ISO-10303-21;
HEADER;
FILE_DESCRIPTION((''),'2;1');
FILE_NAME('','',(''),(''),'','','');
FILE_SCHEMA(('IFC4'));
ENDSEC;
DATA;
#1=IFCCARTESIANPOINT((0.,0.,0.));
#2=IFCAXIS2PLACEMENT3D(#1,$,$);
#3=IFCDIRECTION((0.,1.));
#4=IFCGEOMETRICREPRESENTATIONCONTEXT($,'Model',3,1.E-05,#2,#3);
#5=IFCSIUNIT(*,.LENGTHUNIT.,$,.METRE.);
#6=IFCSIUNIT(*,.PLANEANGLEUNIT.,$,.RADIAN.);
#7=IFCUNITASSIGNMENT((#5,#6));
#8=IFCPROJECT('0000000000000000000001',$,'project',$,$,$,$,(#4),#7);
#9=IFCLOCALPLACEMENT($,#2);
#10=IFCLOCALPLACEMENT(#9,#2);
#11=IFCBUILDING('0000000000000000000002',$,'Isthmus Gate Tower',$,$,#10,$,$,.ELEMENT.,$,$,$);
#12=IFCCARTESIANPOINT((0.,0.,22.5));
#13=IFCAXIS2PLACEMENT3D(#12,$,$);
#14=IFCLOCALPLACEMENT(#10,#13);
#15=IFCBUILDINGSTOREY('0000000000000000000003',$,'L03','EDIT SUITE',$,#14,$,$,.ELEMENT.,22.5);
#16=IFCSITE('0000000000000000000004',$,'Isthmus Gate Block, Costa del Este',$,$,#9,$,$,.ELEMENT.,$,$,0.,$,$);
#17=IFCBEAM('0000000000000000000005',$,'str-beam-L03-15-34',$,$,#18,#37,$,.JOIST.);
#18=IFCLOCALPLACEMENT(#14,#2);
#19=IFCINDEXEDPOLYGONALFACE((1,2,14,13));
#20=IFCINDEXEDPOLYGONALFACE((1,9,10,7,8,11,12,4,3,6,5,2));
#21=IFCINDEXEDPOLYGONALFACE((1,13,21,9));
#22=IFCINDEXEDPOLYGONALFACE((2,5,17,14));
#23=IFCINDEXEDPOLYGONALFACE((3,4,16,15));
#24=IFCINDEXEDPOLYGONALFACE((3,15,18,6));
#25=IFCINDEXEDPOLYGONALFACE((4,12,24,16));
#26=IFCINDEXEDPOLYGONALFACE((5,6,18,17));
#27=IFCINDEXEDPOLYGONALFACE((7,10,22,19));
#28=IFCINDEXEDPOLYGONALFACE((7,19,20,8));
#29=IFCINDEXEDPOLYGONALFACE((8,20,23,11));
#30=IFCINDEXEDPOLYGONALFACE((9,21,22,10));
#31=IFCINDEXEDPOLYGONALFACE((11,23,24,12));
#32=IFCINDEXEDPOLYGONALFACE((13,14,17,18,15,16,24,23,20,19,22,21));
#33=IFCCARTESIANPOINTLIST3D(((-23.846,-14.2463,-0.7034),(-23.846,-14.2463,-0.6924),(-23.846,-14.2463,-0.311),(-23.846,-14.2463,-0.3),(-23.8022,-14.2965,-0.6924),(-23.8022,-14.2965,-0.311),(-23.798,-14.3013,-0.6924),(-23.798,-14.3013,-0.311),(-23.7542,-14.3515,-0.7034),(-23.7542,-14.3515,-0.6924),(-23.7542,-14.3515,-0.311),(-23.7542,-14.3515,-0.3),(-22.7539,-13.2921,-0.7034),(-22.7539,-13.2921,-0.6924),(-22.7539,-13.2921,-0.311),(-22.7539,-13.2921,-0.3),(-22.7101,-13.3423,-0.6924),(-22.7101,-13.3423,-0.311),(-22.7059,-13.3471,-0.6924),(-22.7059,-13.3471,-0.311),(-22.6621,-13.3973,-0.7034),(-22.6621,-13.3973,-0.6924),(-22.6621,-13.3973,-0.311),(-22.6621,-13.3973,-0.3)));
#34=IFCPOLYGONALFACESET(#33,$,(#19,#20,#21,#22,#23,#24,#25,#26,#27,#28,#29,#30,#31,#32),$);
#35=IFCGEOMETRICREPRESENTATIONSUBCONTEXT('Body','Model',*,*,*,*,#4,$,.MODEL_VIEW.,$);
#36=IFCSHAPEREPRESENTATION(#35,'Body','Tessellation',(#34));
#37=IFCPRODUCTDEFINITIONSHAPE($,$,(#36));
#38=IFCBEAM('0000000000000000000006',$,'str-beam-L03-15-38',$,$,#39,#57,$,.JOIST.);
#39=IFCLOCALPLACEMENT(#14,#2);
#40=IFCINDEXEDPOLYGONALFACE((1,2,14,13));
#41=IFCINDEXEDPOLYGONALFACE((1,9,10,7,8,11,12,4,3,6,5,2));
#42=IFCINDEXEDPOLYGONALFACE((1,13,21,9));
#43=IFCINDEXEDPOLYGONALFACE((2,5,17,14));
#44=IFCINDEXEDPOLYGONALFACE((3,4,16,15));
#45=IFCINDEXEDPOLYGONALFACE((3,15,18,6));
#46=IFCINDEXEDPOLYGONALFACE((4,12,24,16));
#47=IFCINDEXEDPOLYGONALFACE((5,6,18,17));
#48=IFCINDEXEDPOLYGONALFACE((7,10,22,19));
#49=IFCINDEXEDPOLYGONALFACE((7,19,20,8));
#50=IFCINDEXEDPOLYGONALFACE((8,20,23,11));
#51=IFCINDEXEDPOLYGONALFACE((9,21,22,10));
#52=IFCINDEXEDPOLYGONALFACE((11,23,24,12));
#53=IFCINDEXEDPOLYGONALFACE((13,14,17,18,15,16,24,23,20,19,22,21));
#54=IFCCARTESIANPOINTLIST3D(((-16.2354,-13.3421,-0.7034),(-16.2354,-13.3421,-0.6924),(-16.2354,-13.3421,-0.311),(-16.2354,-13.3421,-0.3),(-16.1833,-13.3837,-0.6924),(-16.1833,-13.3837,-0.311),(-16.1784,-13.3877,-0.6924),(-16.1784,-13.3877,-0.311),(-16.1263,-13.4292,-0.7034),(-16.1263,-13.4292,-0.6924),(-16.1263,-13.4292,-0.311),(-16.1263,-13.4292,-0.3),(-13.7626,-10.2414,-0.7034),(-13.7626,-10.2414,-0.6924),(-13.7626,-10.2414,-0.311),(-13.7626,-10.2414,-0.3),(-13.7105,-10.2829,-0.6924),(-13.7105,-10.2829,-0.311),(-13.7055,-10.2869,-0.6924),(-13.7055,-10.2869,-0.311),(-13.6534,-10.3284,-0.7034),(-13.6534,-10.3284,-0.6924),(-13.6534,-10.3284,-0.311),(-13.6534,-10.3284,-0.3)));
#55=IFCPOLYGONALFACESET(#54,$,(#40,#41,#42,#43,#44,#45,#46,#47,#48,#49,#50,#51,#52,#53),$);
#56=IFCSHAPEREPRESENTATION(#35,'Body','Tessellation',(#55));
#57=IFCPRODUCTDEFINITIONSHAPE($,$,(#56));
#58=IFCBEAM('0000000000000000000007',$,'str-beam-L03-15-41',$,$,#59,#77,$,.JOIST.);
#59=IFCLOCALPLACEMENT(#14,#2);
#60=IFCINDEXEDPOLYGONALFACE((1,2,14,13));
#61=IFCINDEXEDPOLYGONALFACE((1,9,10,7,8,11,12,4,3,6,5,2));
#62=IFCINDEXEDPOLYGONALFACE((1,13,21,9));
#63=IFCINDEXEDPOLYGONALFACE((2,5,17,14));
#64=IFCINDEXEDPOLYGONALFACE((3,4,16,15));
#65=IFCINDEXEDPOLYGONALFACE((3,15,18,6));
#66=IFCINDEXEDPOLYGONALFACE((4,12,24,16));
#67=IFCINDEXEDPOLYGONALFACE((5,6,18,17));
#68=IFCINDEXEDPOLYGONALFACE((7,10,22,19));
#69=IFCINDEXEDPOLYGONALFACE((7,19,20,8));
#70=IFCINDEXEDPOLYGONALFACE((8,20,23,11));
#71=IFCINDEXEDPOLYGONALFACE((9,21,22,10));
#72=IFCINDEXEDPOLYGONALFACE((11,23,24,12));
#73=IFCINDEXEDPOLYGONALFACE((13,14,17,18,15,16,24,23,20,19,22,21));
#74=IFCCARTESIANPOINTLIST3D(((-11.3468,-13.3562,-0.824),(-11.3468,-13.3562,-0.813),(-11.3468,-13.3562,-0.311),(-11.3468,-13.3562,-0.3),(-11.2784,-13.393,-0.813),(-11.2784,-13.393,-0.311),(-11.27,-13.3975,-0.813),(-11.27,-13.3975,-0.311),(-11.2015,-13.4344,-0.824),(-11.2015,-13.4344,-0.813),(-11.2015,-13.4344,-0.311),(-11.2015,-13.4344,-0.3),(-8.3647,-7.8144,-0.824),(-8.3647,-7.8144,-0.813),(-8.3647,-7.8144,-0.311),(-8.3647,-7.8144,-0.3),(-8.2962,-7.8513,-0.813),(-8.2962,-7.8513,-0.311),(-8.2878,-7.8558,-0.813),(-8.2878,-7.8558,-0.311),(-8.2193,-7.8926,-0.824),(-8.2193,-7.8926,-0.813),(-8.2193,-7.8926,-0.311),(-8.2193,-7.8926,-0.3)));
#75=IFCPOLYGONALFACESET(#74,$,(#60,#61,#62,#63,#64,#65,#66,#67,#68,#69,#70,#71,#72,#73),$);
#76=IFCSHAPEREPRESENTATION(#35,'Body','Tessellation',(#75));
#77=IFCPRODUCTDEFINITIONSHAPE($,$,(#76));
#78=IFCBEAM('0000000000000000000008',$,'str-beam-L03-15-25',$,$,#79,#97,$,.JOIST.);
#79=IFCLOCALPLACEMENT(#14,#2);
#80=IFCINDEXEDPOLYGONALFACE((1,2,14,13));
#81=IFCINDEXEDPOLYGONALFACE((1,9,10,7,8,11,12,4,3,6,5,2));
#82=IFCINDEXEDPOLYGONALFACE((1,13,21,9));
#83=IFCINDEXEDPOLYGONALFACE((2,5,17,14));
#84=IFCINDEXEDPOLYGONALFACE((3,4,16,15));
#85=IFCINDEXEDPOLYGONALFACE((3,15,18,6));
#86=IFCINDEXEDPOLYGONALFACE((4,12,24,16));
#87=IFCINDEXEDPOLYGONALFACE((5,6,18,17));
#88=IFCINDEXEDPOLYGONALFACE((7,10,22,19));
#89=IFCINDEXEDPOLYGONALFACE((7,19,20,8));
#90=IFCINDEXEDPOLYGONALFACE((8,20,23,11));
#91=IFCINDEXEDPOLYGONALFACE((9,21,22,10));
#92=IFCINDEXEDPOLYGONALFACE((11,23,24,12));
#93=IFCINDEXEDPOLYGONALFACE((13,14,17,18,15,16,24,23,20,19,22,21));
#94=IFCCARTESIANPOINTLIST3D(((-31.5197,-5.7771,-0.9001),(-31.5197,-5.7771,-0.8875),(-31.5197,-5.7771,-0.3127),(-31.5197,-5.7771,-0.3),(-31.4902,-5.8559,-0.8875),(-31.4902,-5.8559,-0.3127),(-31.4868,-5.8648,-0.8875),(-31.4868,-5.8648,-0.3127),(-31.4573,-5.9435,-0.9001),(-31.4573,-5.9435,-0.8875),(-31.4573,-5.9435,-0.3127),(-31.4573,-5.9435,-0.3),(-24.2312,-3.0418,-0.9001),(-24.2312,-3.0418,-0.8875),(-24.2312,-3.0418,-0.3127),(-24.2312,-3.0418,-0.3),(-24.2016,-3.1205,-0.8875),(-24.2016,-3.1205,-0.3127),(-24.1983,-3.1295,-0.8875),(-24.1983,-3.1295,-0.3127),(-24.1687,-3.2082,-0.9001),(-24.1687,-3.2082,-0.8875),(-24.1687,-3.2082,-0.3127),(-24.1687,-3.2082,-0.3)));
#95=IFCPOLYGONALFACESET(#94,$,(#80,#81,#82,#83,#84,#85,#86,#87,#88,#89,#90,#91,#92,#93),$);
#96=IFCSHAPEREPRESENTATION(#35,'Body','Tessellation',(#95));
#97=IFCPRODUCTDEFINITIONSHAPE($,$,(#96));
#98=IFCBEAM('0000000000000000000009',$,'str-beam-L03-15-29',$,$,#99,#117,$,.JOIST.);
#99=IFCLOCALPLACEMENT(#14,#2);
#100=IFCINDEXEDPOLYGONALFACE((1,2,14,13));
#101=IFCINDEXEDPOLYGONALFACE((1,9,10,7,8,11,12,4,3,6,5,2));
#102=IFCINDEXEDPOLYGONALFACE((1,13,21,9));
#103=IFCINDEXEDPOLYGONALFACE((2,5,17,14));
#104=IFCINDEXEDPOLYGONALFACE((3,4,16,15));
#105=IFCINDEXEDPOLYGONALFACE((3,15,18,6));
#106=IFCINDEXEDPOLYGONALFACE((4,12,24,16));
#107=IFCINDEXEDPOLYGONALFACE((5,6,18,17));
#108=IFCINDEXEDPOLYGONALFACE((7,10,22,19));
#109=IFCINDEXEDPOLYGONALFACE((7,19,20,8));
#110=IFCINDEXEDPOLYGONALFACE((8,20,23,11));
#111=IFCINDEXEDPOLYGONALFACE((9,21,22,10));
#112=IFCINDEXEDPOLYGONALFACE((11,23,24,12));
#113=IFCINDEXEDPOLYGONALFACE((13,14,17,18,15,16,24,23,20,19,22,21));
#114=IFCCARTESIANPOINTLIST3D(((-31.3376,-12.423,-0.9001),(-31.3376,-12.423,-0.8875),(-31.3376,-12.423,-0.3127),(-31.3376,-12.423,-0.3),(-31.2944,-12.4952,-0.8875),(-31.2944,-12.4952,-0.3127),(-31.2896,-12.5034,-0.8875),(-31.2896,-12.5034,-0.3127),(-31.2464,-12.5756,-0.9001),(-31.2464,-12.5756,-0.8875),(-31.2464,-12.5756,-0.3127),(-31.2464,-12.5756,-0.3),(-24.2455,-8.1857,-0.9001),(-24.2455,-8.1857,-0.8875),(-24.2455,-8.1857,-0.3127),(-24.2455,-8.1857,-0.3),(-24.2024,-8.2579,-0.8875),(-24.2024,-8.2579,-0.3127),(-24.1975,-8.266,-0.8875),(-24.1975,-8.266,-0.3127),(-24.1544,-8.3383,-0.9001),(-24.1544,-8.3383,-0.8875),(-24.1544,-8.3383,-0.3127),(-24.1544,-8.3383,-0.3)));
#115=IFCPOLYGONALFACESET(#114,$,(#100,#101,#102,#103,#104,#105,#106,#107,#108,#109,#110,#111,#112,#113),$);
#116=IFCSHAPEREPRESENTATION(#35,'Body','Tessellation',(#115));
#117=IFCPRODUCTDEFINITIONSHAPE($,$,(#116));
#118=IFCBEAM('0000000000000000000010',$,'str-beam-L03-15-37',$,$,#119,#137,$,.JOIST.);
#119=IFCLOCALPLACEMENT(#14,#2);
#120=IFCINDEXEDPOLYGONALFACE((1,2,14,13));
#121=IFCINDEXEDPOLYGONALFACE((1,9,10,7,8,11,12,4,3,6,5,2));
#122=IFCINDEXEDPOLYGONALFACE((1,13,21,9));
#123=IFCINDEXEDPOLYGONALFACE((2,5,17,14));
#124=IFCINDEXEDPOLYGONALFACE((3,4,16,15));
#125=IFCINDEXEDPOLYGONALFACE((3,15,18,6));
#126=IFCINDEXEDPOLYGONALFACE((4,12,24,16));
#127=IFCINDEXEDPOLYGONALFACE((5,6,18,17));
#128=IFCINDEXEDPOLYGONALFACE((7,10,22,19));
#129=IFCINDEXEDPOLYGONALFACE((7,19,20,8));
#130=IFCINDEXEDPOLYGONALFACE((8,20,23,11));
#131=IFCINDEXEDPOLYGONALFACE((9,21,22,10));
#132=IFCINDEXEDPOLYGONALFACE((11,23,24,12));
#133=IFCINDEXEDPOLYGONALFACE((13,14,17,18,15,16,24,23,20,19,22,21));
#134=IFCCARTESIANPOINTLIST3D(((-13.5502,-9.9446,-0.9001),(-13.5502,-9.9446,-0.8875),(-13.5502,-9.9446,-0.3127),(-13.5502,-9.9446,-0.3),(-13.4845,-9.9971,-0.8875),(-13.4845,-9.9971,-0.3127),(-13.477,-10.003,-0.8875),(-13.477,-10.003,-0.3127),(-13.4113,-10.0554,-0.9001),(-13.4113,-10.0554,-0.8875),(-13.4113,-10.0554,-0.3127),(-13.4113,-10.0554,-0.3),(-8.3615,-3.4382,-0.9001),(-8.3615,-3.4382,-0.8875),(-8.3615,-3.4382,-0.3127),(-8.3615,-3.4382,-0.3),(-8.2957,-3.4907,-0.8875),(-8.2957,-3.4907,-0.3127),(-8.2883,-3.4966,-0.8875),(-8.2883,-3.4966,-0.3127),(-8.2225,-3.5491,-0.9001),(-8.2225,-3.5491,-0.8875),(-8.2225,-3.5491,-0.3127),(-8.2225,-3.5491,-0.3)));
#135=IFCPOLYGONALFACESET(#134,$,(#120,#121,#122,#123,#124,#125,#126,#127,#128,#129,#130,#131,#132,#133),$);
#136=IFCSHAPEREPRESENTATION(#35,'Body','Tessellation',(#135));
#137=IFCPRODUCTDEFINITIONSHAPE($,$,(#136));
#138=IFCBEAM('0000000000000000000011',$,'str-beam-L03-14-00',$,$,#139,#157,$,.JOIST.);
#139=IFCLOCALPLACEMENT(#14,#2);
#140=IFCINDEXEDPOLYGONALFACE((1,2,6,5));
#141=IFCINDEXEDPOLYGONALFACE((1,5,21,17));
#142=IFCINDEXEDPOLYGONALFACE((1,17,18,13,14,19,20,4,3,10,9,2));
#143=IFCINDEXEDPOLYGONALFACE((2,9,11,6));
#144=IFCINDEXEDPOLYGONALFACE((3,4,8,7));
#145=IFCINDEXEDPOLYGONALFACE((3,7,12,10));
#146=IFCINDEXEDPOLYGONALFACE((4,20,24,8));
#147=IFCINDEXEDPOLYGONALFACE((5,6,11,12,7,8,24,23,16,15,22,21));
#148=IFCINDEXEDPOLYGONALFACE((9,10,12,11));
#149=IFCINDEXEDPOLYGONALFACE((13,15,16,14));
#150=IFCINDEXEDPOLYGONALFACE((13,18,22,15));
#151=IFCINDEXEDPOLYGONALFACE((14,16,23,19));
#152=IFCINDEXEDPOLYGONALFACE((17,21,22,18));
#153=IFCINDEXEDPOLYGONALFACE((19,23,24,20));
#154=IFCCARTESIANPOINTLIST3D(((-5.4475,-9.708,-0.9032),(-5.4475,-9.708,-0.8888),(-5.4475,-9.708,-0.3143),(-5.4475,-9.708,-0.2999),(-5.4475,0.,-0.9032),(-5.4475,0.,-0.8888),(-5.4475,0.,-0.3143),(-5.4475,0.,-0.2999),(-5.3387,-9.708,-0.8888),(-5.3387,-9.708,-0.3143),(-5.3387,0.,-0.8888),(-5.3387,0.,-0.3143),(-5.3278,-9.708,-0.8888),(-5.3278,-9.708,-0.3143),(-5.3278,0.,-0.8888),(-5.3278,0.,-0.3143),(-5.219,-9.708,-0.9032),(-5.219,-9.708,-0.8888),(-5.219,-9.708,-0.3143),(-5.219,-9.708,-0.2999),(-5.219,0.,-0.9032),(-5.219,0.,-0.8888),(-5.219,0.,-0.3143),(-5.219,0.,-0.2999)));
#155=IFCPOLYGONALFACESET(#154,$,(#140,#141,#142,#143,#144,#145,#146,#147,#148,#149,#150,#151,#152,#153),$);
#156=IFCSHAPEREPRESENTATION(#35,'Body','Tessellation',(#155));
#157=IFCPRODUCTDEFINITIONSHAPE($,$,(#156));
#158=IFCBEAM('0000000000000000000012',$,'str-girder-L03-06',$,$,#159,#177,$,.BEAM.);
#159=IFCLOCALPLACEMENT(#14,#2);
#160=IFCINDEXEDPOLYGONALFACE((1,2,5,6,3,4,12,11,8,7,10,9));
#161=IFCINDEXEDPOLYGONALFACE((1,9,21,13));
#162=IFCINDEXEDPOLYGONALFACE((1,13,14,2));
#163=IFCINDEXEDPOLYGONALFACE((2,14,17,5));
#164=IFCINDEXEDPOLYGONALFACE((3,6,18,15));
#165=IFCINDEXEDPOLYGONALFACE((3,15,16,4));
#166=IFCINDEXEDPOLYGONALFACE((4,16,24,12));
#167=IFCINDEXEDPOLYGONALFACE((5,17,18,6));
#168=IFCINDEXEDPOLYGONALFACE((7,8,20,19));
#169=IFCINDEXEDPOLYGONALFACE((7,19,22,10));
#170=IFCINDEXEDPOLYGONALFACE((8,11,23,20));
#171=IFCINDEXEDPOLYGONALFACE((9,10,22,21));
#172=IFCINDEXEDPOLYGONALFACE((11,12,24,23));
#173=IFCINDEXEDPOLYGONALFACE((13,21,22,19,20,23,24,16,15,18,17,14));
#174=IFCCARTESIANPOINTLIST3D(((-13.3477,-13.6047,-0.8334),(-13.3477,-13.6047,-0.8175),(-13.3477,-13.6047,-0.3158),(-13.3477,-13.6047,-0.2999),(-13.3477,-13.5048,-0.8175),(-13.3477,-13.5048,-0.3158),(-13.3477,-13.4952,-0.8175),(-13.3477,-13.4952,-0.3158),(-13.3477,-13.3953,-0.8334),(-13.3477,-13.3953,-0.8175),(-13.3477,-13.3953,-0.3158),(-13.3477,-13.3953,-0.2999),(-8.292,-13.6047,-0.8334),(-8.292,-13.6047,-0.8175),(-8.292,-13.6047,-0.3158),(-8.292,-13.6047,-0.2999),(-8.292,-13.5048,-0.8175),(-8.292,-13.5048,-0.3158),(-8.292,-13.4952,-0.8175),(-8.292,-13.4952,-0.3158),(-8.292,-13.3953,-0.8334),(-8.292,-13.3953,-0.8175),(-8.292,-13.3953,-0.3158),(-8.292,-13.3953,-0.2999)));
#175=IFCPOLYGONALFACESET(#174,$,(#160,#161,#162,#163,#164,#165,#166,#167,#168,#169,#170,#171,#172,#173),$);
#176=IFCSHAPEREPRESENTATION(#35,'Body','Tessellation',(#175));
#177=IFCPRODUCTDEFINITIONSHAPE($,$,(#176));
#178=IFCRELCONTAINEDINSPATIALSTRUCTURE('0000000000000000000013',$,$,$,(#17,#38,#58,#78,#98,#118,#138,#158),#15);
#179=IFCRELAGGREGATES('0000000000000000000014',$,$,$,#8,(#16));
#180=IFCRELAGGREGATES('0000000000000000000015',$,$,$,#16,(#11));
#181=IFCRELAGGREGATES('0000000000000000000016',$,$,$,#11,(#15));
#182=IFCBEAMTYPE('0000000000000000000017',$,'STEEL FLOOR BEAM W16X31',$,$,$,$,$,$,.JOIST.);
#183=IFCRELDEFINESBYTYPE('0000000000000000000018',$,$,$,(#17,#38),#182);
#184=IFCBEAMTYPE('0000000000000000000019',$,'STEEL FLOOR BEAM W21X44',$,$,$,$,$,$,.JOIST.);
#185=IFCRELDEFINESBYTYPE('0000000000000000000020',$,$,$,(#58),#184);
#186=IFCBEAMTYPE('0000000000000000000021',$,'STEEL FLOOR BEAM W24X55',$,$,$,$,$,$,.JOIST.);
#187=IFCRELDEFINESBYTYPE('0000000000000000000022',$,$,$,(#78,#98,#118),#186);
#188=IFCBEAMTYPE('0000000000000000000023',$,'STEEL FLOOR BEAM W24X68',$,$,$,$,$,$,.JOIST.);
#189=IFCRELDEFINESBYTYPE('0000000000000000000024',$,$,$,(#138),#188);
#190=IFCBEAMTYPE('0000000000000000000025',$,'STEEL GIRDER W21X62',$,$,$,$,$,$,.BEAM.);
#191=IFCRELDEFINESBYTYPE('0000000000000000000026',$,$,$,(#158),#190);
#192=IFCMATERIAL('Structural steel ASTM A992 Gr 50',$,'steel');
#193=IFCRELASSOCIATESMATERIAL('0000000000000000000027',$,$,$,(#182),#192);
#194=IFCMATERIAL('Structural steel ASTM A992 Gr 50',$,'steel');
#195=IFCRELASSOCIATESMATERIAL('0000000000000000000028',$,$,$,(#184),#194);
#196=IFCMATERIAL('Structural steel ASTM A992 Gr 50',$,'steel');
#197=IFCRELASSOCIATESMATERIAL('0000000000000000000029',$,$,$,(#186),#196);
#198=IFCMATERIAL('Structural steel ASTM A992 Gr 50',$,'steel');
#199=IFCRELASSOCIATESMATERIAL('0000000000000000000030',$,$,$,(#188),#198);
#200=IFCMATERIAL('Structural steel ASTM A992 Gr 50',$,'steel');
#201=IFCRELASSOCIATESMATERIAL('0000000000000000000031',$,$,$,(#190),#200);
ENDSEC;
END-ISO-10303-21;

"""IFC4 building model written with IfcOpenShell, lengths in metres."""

from ifc_helpers import new_model, si_unit, direction, frame, origin, origin_2d, place, context, subcontext, project, spatial, i_section, extrude, material, material_profile, profile_set, type_object, element, save


model = new_model("IFC4")

# Units and contexts
model_context = context("Model", 3, precision=1e-05, world=origin(), true_north=direction((0.0, 1.0)))
body_context = subcontext(model_context, "Body", "Model", "MODEL_VIEW")
ifc_project = project(units=[si_unit("LENGTHUNIT", "METRE"), si_unit("PLANEANGLEUNIT", "RADIAN")], contexts=[model_context])

# Site, building, storey
site_placement = place(None, origin())
site = spatial("IfcSite", under=ifc_project, at=site_placement, Name="Isthmus Gate Block, Costa del Este", CompositionType="ELEMENT", RefElevation=0.0)
building_placement = place(site_placement, origin())
building = spatial("IfcBuilding", under=site, at=building_placement, Name="Isthmus Gate Tower", CompositionType="ELEMENT")
storey_placement = place(building_placement, frame((0.0, 0.0, 22.5)))
storey = spatial("IfcBuildingStorey", under=building, at=storey_placement, Name="L03", Description="EDIT SUITE", CompositionType="ELEMENT", Elevation=22.5)

# Beams
ifc_material_1 = material(Name="Structural steel ASTM A992 Gr 50", Category="steel")
ifc_material_profile_1 = material_profile(ifc_material_1, i_section(OverallWidth=0.1396, OverallDepth=0.4033, WebThickness=0.0063, FlangeThickness=0.011, at=origin_2d()), Name="W16X31")
ifc_profile_set_1 = profile_set([ifc_material_profile_1], Name="Structural steel ASTM A992 Gr 50")
beam_type_1 = type_object("IfcBeamType", Name="STEEL FLOOR BEAM W16X31", PredefinedType="JOIST", material=ifc_profile_set_1)
beam_1_placement = place(storey_placement, frame((-22.708, -13.3447, -0.5017), z_axis=(-0.753067, -0.657944, 0.0), x_axis=(0.657944, -0.753067, 0.0)))
element("IfcBeam", 1, at=beam_1_placement, inside=storey, type_object=beam_type_1, Name="str-beam-L03-15-34", PredefinedType="JOIST", context=body_context, shape_type="SweptSolid", body=[
    extrude(i_section(OverallWidth=0.1396, OverallDepth=0.4033, WebThickness=0.0063, FlangeThickness=0.011, at=origin_2d()), origin(), (0.0, 0.0, 1.0), 1.4502),
])
beam_2_placement = place(storey_placement, frame((-13.708, -10.2849, -0.5017), z_axis=(-0.623501, -0.781823, 0.0), x_axis=(0.781823, -0.623501, 0.0)))
element("IfcBeam", 2, at=beam_2_placement, inside=storey, type_object=beam_type_1, Name="str-beam-L03-15-38", PredefinedType="JOIST", context=body_context, shape_type="SweptSolid", body=[
    extrude(i_section(OverallWidth=0.1396, OverallDepth=0.4033, WebThickness=0.0063, FlangeThickness=0.011, at=origin_2d()), origin(), (0.0, 0.0, 1.0), 3.9661),
])
ifc_material_2 = material(Name="Structural steel ASTM A992 Gr 50", Category="steel")
ifc_material_profile_2 = material_profile(ifc_material_2, i_section(OverallWidth=0.165, OverallDepth=0.5239, WebThickness=0.0095, FlangeThickness=0.011, at=origin_2d()), Name="W21X44")
ifc_profile_set_2 = profile_set([ifc_material_profile_2], Name="Structural steel ASTM A992 Gr 50")
beam_type_2 = type_object("IfcBeamType", Name="STEEL FLOOR BEAM W21X44", PredefinedType="JOIST", material=ifc_profile_set_2)
beam_3_placement = place(storey_placement, frame((-8.292, -7.8535, -0.562), z_axis=(-0.473873, -0.880593, 0.0), x_axis=(0.880593, -0.473873, 0.0)))
element("IfcBeam", 3, at=beam_3_placement, inside=storey, type_object=beam_type_2, Name="str-beam-L03-15-41", PredefinedType="JOIST", context=body_context, shape_type="SweptSolid", body=[
    extrude(i_section(OverallWidth=0.165, OverallDepth=0.5239, WebThickness=0.0095, FlangeThickness=0.011, at=origin_2d()), origin(), (0.0, 0.0, 1.0), 6.2932),
])
ifc_material_3 = material(Name="Structural steel ASTM A992 Gr 50", Category="steel")
ifc_material_profile_3 = material_profile(ifc_material_3, i_section(OverallWidth=0.1777, OverallDepth=0.6001, WebThickness=0.0095, FlangeThickness=0.0127, at=origin_2d()), Name="W24X55")
ifc_profile_set_3 = profile_set([ifc_material_profile_3], Name="Structural steel ASTM A992 Gr 50")
beam_type_3 = type_object("IfcBeamType", Name="STEEL FLOOR BEAM W24X55", PredefinedType="JOIST", material=ifc_profile_set_3)
beam_4_placement = place(storey_placement, frame((-24.2, -3.125, -0.6001), z_axis=(-0.936239, -0.351364, 0.0), x_axis=(0.351364, -0.936239, 0.0)))
element("IfcBeam", 4, at=beam_4_placement, inside=storey, type_object=beam_type_3, Name="str-beam-L03-15-25", PredefinedType="JOIST", context=body_context, shape_type="SweptSolid", body=[
    extrude(i_section(OverallWidth=0.1777, OverallDepth=0.6001, WebThickness=0.0095, FlangeThickness=0.0127, at=origin_2d()), origin(), (0.0, 0.0, 1.0), 7.7849),
])
beam_5_placement = place(storey_placement, frame((-24.2, -8.262, -0.6001), z_axis=(-0.858448, -0.5129, 0.0), x_axis=(0.5129, -0.858448, 0.0)))
element("IfcBeam", 5, at=beam_5_placement, inside=storey, type_object=beam_type_3, Name="str-beam-L03-15-29", PredefinedType="JOIST", context=body_context, shape_type="SweptSolid", body=[
    extrude(i_section(OverallWidth=0.1777, OverallDepth=0.6001, WebThickness=0.0095, FlangeThickness=0.0127, at=origin_2d()), origin(), (0.0, 0.0, 1.0), 8.2615),
])
beam_6_placement = place(storey_placement, frame((-8.292, -3.4937, -0.6001), z_axis=(-0.623496, -0.781827, 0.0), x_axis=(0.781827, -0.623496, 0.0)))
element("IfcBeam", 6, at=beam_6_placement, inside=storey, type_object=beam_type_3, Name="str-beam-L03-15-37", PredefinedType="JOIST", context=body_context, shape_type="SweptSolid", body=[
    extrude(i_section(OverallWidth=0.1777, OverallDepth=0.6001, WebThickness=0.0095, FlangeThickness=0.0127, at=origin_2d()), origin(), (0.0, 0.0, 1.0), 8.322),
])
ifc_material_4 = material(Name="Structural steel ASTM A992 Gr 50", Category="steel")
ifc_material_profile_4 = material_profile(ifc_material_4, i_section(OverallWidth=0.2285, OverallDepth=0.6033, WebThickness=0.011, FlangeThickness=0.0144, at=origin_2d()), Name="W24X68")
ifc_profile_set_4 = profile_set([ifc_material_profile_4], Name="Structural steel ASTM A992 Gr 50")
beam_type_4 = type_object("IfcBeamType", Name="STEEL FLOOR BEAM W24X68", PredefinedType="JOIST", material=ifc_profile_set_4)
beam_7_placement = place(storey_placement, frame((-5.3333, -9.708, -0.6016), z_axis=(0.0, 1.0, 0.0), x_axis=(-1.0, 0.0, 0.0)))
element("IfcBeam", 7, at=beam_7_placement, inside=storey, type_object=beam_type_4, Name="str-beam-L03-14-00", PredefinedType="JOIST", context=body_context, shape_type="SweptSolid", body=[
    extrude(i_section(OverallWidth=0.2285, OverallDepth=0.6033, WebThickness=0.011, FlangeThickness=0.0144, at=origin_2d()), origin(), (0.0, 0.0, 1.0), 9.708),
])
ifc_material_5 = material(Name="Structural steel ASTM A992 Gr 50", Category="steel")
ifc_material_profile_5 = material_profile(ifc_material_5, i_section(OverallWidth=0.2095, OverallDepth=0.5334, WebThickness=0.0095, FlangeThickness=0.0159, at=origin_2d()), Name="W21X62")
ifc_profile_set_5 = profile_set([ifc_material_profile_5], Name="Structural steel ASTM A992 Gr 50")
beam_type_5 = type_object("IfcBeamType", Name="STEEL GIRDER W21X62", PredefinedType="BEAM", material=ifc_profile_set_5)
beam_8_placement = place(storey_placement, frame((-13.3477, -13.5, -0.5667), z_axis=(1.0, 0.0, 0.0), x_axis=(0.0, 1.0, 0.0)))
element("IfcBeam", 8, at=beam_8_placement, inside=storey, type_object=beam_type_5, Name="str-girder-L03-06", PredefinedType="BEAM", context=body_context, shape_type="SweptSolid", body=[
    extrude(i_section(OverallWidth=0.2095, OverallDepth=0.5334, WebThickness=0.0095, FlangeThickness=0.0159, at=origin_2d()), origin(), (0.0, 0.0, 1.0), 5.0557),
])

save(model, "model.ifc")
